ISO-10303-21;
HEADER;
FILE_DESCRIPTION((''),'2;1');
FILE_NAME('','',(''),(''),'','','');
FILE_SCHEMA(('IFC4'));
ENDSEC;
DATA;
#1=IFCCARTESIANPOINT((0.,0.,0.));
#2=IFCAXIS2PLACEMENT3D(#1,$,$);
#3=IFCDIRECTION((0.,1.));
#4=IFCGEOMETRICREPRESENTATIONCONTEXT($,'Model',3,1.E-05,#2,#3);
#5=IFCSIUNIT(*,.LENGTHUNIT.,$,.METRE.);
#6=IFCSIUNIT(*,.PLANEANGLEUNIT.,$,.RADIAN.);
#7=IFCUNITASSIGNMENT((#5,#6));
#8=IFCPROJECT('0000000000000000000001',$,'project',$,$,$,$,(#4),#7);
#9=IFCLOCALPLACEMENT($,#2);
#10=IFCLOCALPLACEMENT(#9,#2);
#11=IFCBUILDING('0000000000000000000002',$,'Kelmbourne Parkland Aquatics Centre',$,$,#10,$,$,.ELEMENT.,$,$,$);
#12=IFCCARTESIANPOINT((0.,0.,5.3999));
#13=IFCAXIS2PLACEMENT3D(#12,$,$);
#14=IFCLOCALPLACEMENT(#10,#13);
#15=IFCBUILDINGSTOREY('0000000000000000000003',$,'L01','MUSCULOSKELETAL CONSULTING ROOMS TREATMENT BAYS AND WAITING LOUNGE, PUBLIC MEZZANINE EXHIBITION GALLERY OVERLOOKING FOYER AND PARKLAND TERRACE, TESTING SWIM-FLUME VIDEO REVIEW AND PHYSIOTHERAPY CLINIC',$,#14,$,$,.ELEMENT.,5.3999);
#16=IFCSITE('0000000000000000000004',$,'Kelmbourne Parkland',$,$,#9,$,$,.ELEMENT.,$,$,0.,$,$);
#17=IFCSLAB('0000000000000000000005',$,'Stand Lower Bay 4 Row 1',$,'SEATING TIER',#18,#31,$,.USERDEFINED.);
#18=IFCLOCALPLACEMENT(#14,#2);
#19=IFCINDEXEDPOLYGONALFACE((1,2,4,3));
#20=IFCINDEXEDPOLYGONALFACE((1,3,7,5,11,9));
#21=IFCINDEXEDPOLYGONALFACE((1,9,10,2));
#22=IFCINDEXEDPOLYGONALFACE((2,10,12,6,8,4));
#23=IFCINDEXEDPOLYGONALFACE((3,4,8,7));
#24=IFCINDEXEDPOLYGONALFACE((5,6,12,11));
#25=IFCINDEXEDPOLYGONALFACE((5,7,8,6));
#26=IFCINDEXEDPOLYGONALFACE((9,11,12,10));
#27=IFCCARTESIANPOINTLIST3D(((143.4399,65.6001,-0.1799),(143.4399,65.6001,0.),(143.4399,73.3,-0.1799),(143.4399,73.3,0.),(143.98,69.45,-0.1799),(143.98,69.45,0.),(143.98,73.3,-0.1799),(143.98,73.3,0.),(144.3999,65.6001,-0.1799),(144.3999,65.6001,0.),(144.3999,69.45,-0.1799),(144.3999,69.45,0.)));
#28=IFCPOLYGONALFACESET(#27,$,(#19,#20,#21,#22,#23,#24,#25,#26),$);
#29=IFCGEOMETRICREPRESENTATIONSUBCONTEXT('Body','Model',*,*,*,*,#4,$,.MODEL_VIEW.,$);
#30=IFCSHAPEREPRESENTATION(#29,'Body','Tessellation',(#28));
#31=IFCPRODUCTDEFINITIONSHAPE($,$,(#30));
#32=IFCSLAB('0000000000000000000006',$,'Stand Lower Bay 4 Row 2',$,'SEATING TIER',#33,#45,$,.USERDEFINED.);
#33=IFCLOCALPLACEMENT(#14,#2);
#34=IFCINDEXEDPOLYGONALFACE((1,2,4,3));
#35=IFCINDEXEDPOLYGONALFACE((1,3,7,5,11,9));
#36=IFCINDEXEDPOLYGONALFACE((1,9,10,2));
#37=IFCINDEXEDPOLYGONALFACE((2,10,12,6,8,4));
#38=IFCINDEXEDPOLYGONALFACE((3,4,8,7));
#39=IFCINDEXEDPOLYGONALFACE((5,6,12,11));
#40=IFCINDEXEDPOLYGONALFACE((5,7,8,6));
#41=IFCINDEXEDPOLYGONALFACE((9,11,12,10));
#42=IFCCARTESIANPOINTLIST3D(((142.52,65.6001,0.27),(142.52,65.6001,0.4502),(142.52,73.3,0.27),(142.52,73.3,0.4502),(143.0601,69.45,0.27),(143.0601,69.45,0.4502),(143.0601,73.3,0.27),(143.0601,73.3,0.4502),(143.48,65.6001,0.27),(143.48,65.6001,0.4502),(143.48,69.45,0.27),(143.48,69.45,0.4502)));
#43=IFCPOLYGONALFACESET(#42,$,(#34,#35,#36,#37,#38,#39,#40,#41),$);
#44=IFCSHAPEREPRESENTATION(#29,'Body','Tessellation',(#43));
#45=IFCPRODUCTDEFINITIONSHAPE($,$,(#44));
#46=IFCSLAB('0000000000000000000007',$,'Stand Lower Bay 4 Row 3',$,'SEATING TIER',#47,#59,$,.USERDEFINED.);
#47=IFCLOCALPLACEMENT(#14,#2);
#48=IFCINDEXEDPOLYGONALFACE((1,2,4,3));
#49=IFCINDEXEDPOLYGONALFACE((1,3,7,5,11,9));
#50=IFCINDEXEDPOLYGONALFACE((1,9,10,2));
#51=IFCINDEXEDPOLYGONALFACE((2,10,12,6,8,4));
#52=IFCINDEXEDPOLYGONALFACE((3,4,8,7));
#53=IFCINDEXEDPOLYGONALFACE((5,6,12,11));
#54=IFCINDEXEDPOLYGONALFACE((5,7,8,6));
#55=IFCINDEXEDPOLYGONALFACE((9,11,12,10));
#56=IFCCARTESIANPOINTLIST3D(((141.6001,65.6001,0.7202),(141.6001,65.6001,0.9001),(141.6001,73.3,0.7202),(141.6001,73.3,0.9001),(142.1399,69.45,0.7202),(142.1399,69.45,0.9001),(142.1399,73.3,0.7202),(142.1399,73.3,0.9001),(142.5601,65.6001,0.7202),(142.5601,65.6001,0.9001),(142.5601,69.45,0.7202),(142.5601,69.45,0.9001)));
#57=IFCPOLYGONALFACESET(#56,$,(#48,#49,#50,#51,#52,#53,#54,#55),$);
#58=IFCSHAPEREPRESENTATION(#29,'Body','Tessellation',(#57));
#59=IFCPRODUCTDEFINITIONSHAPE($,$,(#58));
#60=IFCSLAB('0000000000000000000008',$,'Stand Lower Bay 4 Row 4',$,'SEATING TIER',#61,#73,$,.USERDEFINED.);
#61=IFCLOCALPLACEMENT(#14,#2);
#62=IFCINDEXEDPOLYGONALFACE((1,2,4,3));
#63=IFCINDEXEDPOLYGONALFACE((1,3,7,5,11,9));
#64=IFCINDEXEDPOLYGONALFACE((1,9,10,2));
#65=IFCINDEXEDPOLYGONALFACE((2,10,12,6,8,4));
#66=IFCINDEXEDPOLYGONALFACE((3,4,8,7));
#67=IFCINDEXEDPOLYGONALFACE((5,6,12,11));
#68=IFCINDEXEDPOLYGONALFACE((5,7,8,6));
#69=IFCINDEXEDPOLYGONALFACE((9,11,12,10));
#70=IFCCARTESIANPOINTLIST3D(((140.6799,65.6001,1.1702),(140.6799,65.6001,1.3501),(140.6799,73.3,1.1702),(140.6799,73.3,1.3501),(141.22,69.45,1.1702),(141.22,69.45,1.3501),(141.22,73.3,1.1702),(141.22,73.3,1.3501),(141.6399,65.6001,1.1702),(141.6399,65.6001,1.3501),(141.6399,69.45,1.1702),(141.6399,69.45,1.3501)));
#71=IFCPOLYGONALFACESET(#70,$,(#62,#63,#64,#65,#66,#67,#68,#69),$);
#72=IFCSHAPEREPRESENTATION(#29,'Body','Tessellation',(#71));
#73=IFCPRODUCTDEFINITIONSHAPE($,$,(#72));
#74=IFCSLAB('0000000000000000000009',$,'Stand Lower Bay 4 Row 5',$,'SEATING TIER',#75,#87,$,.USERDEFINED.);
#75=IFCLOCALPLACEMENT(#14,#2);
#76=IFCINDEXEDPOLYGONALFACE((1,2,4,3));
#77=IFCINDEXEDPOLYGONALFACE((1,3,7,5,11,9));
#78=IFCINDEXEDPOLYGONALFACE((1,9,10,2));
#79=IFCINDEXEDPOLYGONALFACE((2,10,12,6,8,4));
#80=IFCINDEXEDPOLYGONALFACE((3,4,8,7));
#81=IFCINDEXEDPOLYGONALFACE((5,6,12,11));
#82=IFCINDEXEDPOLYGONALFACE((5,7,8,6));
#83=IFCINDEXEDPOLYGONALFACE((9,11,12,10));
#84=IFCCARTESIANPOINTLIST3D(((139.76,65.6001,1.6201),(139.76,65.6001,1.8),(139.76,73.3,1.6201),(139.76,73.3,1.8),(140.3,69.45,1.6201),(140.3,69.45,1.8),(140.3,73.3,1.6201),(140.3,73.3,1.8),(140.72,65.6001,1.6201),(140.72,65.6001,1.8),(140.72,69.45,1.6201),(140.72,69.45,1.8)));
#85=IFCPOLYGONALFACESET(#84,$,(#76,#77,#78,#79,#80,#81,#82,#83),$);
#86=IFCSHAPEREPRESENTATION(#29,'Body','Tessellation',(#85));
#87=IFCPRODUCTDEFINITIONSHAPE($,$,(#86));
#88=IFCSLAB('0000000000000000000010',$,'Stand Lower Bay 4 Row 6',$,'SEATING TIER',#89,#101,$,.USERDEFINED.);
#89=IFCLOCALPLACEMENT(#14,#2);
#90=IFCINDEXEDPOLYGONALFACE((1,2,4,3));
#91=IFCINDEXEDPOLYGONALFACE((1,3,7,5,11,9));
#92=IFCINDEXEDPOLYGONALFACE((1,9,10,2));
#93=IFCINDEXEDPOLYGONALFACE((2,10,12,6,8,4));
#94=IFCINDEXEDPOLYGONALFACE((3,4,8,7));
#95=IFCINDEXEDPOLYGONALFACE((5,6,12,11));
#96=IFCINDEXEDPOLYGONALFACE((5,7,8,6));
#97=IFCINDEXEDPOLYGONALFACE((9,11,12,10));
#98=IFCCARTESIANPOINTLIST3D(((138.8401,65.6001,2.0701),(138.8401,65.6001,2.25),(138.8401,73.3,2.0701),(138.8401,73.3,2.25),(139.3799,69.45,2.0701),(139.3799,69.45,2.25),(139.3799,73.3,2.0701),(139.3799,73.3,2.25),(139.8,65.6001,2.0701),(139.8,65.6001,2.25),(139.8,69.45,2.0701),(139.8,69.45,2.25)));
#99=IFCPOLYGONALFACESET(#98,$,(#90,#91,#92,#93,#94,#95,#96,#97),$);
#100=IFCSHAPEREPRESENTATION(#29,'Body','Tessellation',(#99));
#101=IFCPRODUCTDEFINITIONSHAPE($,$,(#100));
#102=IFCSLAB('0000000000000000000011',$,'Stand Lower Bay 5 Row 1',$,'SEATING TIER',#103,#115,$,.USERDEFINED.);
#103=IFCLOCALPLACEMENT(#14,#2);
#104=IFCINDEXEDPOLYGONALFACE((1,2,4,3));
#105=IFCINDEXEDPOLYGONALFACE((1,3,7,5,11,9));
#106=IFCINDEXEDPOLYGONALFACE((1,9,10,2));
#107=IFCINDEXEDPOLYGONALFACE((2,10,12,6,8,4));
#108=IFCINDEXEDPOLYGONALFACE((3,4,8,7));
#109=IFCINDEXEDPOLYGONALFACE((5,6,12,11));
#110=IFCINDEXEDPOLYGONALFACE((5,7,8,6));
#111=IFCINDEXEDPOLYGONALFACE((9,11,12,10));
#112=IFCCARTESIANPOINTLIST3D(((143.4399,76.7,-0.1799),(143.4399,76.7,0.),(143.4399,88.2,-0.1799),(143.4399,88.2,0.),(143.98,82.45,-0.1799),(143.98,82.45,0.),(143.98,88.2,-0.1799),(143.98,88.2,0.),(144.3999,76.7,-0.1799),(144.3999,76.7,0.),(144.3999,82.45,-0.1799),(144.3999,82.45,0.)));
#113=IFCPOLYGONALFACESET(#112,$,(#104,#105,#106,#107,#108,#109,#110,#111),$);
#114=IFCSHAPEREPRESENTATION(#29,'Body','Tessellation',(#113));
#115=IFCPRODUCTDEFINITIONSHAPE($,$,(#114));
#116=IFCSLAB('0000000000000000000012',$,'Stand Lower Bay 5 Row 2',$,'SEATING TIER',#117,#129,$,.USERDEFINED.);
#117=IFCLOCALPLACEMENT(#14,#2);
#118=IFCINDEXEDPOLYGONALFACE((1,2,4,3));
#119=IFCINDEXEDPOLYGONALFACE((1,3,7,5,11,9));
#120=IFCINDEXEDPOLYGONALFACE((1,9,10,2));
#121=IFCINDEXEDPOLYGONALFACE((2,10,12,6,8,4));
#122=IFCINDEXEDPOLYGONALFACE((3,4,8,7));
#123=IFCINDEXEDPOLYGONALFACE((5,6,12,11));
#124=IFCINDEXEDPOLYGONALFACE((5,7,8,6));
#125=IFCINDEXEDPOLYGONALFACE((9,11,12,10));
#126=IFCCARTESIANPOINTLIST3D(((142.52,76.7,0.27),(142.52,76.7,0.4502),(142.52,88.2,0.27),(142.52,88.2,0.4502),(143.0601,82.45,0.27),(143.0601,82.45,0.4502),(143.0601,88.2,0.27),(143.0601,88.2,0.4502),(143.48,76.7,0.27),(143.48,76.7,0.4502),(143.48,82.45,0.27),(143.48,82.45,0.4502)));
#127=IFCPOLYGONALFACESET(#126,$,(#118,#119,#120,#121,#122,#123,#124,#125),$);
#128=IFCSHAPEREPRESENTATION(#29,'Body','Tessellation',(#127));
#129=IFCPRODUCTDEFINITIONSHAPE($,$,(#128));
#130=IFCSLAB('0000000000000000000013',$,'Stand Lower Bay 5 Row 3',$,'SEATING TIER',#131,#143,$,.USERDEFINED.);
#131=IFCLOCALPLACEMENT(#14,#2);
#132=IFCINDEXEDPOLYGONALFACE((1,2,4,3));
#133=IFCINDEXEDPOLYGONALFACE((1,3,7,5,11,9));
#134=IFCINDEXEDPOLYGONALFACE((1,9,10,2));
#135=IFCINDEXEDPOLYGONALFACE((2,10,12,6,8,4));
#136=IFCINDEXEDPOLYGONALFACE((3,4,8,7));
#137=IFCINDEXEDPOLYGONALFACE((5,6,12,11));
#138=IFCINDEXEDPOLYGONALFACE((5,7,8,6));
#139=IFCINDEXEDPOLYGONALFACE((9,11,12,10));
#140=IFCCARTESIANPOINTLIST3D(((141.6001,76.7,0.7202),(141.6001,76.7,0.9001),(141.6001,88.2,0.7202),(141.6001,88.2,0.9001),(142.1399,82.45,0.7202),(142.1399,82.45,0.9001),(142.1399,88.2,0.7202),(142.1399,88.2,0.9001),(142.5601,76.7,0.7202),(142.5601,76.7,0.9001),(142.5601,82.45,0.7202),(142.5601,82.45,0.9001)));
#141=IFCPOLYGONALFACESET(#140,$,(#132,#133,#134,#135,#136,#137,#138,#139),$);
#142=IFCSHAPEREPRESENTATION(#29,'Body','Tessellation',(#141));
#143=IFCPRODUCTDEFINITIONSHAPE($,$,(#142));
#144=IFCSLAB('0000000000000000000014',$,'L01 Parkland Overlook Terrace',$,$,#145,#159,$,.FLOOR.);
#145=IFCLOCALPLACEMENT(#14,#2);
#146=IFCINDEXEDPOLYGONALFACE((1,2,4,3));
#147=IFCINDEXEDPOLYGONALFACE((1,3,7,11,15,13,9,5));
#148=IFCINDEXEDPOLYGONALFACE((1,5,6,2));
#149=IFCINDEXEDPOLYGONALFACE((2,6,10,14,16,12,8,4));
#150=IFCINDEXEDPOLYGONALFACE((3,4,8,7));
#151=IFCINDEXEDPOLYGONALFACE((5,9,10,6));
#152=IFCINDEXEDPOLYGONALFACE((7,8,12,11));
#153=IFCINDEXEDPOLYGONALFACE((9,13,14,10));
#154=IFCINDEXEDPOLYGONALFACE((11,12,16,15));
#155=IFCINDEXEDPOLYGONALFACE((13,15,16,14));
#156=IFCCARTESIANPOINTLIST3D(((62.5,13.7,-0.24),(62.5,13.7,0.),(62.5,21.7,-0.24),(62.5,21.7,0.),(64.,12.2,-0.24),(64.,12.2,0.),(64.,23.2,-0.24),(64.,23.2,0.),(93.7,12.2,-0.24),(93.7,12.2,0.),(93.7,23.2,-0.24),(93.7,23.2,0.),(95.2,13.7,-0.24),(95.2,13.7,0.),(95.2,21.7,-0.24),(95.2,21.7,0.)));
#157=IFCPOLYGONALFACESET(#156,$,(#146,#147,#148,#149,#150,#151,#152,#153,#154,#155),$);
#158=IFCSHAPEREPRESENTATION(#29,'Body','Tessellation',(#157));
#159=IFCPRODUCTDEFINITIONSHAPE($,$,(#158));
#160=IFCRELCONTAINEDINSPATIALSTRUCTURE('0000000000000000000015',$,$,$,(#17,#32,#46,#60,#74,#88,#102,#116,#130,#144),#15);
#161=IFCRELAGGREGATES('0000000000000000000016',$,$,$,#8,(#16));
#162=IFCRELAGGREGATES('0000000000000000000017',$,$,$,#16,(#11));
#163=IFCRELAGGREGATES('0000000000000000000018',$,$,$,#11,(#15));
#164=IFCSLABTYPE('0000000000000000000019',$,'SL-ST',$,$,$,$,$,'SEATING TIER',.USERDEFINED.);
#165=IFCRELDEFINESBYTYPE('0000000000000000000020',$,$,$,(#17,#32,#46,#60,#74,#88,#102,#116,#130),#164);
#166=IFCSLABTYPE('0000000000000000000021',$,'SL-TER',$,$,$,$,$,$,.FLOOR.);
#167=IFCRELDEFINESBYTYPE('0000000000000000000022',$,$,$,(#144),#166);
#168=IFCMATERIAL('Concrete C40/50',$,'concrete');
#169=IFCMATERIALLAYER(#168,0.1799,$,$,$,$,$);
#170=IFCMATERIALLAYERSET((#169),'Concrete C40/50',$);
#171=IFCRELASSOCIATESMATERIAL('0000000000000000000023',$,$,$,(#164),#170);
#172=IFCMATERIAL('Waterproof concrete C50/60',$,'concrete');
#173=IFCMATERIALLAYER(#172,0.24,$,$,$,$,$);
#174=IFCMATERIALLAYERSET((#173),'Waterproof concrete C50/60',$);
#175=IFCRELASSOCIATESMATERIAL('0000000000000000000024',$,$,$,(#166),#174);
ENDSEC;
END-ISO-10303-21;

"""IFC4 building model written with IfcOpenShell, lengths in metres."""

from ifc_helpers import new_model, si_unit, direction, frame, origin, place, context, subcontext, project, spatial, polyline, outline, extrude, material, layer, layer_set, type_object, element, save


model = new_model("IFC4")

# Units and contexts
model_context = context("Model", 3, precision=1e-05, world=origin(), true_north=direction((0.0, 1.0)))
body_context = subcontext(model_context, "Body", "Model", "MODEL_VIEW")
ifc_project = project(units=[si_unit("LENGTHUNIT", "METRE"), si_unit("PLANEANGLEUNIT", "RADIAN")], contexts=[model_context])

# Site, building, storey
site_placement = place(None, origin())
site = spatial("IfcSite", under=ifc_project, at=site_placement, Name="Kelmbourne Parkland", CompositionType="ELEMENT", RefElevation=0.0)
building_placement = place(site_placement, origin())
building = spatial("IfcBuilding", under=site, at=building_placement, Name="Kelmbourne Parkland Aquatics Centre", CompositionType="ELEMENT")
storey_placement = place(building_placement, frame((0.0, 0.0, 5.3999)))
storey = spatial("IfcBuildingStorey", under=building, at=storey_placement, Name="L01", Description="MUSCULOSKELETAL CONSULTING ROOMS TREATMENT BAYS AND WAITING LOUNGE, PUBLIC MEZZANINE EXHIBITION GALLERY OVERLOOKING FOYER AND PARKLAND TERRACE, TESTING SWIM-FLUME VIDEO REVIEW AND PHYSIOTHERAPY CLINIC", CompositionType="ELEMENT", Elevation=5.3999)

# Slabs
ifc_material_1 = material(Name="Concrete C40/50", Category="concrete")
ifc_layer_1 = layer(ifc_material_1, 0.1799)
ifc_layer_set_1 = layer_set([ifc_layer_1], Name="Concrete C40/50")
slab_type_1 = type_object("IfcSlabType", Name="SL-ST", ElementType="SEATING TIER", PredefinedType="USERDEFINED", material=ifc_layer_set_1)
slab_1_placement = place(storey_placement, frame((0.0, 0.0, -0.1799)))
element("IfcSlab", 1, at=slab_1_placement, inside=storey, type_object=slab_type_1, Name="Stand Lower Bay 4 Row 1", ObjectType="SEATING TIER", PredefinedType="USERDEFINED", context=body_context, shape_type="SweptSolid", body=[
    extrude(outline(polyline([(143.4399, 65.6001), (144.3999, 65.6001), (144.3999, 69.45), (143.98, 69.45), (143.98, 73.3), (143.4399, 73.3), (143.4399, 65.6001)])), origin(), (0.0, 0.0, 1.0), 0.1799),
])
slab_2_placement = place(storey_placement, frame((0.0, 0.0, 0.27)))
element("IfcSlab", 2, at=slab_2_placement, inside=storey, type_object=slab_type_1, Name="Stand Lower Bay 4 Row 2", ObjectType="SEATING TIER", PredefinedType="USERDEFINED", context=body_context, shape_type="SweptSolid", body=[
    extrude(outline(polyline([(142.52, 65.6001), (143.48, 65.6001), (143.48, 69.45), (143.0601, 69.45), (143.0601, 73.3), (142.52, 73.3), (142.52, 65.6001)])), origin(), (0.0, 0.0, 1.0), 0.1802),
])
slab_3_placement = place(storey_placement, frame((0.0, 0.0, 0.7202)))
element("IfcSlab", 3, at=slab_3_placement, inside=storey, type_object=slab_type_1, Name="Stand Lower Bay 4 Row 3", ObjectType="SEATING TIER", PredefinedType="USERDEFINED", context=body_context, shape_type="SweptSolid", body=[
    extrude(outline(polyline([(141.6001, 65.6001), (142.5601, 65.6001), (142.5601, 69.45), (142.1399, 69.45), (142.1399, 73.3), (141.6001, 73.3), (141.6001, 65.6001)])), origin(), (0.0, 0.0, 1.0), 0.1799),
])
slab_4_placement = place(storey_placement, frame((0.0, 0.0, 1.1702)))
element("IfcSlab", 4, at=slab_4_placement, inside=storey, type_object=slab_type_1, Name="Stand Lower Bay 4 Row 4", ObjectType="SEATING TIER", PredefinedType="USERDEFINED", context=body_context, shape_type="SweptSolid", body=[
    extrude(outline(polyline([(140.6799, 65.6001), (141.6399, 65.6001), (141.6399, 69.45), (141.22, 69.45), (141.22, 73.3), (140.6799, 73.3), (140.6799, 65.6001)])), origin(), (0.0, 0.0, 1.0), 0.1799),
])
slab_5_placement = place(storey_placement, frame((0.0, 0.0, 1.6201)))
element("IfcSlab", 5, at=slab_5_placement, inside=storey, type_object=slab_type_1, Name="Stand Lower Bay 4 Row 5", ObjectType="SEATING TIER", PredefinedType="USERDEFINED", context=body_context, shape_type="SweptSolid", body=[
    extrude(outline(polyline([(139.76, 65.6001), (140.72, 65.6001), (140.72, 69.45), (140.3, 69.45), (140.3, 73.3), (139.76, 73.3), (139.76, 65.6001)])), origin(), (0.0, 0.0, 1.0), 0.1799),
])
slab_6_placement = place(storey_placement, frame((0.0, 0.0, 2.0701)))
element("IfcSlab", 6, at=slab_6_placement, inside=storey, type_object=slab_type_1, Name="Stand Lower Bay 4 Row 6", ObjectType="SEATING TIER", PredefinedType="USERDEFINED", context=body_context, shape_type="SweptSolid", body=[
    extrude(outline(polyline([(138.8401, 65.6001), (139.8, 65.6001), (139.8, 69.45), (139.3799, 69.45), (139.3799, 73.3), (138.8401, 73.3), (138.8401, 65.6001)])), origin(), (0.0, 0.0, 1.0), 0.1799),
])
slab_7_placement = place(storey_placement, frame((0.0, 0.0, -0.1799)))
element("IfcSlab", 7, at=slab_7_placement, inside=storey, type_object=slab_type_1, Name="Stand Lower Bay 5 Row 1", ObjectType="SEATING TIER", PredefinedType="USERDEFINED", context=body_context, shape_type="SweptSolid", body=[
    extrude(outline(polyline([(143.4399, 76.7), (144.3999, 76.7), (144.3999, 82.45), (143.98, 82.45), (143.98, 88.2), (143.4399, 88.2), (143.4399, 76.7)])), origin(), (0.0, 0.0, 1.0), 0.1799),
])
slab_8_placement = place(storey_placement, frame((0.0, 0.0, 0.27)))
element("IfcSlab", 8, at=slab_8_placement, inside=storey, type_object=slab_type_1, Name="Stand Lower Bay 5 Row 2", ObjectType="SEATING TIER", PredefinedType="USERDEFINED", context=body_context, shape_type="SweptSolid", body=[
    extrude(outline(polyline([(142.52, 76.7), (143.48, 76.7), (143.48, 82.45), (143.0601, 82.45), (143.0601, 88.2), (142.52, 88.2), (142.52, 76.7)])), origin(), (0.0, 0.0, 1.0), 0.1802),
])
slab_9_placement = place(storey_placement, frame((0.0, 0.0, 0.7202)))
element("IfcSlab", 9, at=slab_9_placement, inside=storey, type_object=slab_type_1, Name="Stand Lower Bay 5 Row 3", ObjectType="SEATING TIER", PredefinedType="USERDEFINED", context=body_context, shape_type="SweptSolid", body=[
    extrude(outline(polyline([(141.6001, 76.7), (142.5601, 76.7), (142.5601, 82.45), (142.1399, 82.45), (142.1399, 88.2), (141.6001, 88.2), (141.6001, 76.7)])), origin(), (0.0, 0.0, 1.0), 0.1799),
])
ifc_material_2 = material(Name="Waterproof concrete C50/60", Category="concrete")
ifc_layer_2 = layer(ifc_material_2, 0.24)
ifc_layer_set_2 = layer_set([ifc_layer_2], Name="Waterproof concrete C50/60")
slab_type_2 = type_object("IfcSlabType", Name="SL-TER", PredefinedType="FLOOR", material=ifc_layer_set_2)
slab_10_placement = place(storey_placement, frame((0.0, 0.0, -0.24)))
element("IfcSlab", 10, at=slab_10_placement, inside=storey, type_object=slab_type_2, Name="L01 Parkland Overlook Terrace", PredefinedType="FLOOR", context=body_context, shape_type="SweptSolid", body=[
    extrude(outline(polyline([(64.0, 12.2), (93.7, 12.2), (95.2, 13.7), (95.2, 21.7), (93.7, 23.2), (64.0, 23.2), (62.5, 21.7), (62.5, 13.7), (64.0, 12.2)])), origin(), (0.0, 0.0, 1.0), 0.24),
])

save(model, "model.ifc")
